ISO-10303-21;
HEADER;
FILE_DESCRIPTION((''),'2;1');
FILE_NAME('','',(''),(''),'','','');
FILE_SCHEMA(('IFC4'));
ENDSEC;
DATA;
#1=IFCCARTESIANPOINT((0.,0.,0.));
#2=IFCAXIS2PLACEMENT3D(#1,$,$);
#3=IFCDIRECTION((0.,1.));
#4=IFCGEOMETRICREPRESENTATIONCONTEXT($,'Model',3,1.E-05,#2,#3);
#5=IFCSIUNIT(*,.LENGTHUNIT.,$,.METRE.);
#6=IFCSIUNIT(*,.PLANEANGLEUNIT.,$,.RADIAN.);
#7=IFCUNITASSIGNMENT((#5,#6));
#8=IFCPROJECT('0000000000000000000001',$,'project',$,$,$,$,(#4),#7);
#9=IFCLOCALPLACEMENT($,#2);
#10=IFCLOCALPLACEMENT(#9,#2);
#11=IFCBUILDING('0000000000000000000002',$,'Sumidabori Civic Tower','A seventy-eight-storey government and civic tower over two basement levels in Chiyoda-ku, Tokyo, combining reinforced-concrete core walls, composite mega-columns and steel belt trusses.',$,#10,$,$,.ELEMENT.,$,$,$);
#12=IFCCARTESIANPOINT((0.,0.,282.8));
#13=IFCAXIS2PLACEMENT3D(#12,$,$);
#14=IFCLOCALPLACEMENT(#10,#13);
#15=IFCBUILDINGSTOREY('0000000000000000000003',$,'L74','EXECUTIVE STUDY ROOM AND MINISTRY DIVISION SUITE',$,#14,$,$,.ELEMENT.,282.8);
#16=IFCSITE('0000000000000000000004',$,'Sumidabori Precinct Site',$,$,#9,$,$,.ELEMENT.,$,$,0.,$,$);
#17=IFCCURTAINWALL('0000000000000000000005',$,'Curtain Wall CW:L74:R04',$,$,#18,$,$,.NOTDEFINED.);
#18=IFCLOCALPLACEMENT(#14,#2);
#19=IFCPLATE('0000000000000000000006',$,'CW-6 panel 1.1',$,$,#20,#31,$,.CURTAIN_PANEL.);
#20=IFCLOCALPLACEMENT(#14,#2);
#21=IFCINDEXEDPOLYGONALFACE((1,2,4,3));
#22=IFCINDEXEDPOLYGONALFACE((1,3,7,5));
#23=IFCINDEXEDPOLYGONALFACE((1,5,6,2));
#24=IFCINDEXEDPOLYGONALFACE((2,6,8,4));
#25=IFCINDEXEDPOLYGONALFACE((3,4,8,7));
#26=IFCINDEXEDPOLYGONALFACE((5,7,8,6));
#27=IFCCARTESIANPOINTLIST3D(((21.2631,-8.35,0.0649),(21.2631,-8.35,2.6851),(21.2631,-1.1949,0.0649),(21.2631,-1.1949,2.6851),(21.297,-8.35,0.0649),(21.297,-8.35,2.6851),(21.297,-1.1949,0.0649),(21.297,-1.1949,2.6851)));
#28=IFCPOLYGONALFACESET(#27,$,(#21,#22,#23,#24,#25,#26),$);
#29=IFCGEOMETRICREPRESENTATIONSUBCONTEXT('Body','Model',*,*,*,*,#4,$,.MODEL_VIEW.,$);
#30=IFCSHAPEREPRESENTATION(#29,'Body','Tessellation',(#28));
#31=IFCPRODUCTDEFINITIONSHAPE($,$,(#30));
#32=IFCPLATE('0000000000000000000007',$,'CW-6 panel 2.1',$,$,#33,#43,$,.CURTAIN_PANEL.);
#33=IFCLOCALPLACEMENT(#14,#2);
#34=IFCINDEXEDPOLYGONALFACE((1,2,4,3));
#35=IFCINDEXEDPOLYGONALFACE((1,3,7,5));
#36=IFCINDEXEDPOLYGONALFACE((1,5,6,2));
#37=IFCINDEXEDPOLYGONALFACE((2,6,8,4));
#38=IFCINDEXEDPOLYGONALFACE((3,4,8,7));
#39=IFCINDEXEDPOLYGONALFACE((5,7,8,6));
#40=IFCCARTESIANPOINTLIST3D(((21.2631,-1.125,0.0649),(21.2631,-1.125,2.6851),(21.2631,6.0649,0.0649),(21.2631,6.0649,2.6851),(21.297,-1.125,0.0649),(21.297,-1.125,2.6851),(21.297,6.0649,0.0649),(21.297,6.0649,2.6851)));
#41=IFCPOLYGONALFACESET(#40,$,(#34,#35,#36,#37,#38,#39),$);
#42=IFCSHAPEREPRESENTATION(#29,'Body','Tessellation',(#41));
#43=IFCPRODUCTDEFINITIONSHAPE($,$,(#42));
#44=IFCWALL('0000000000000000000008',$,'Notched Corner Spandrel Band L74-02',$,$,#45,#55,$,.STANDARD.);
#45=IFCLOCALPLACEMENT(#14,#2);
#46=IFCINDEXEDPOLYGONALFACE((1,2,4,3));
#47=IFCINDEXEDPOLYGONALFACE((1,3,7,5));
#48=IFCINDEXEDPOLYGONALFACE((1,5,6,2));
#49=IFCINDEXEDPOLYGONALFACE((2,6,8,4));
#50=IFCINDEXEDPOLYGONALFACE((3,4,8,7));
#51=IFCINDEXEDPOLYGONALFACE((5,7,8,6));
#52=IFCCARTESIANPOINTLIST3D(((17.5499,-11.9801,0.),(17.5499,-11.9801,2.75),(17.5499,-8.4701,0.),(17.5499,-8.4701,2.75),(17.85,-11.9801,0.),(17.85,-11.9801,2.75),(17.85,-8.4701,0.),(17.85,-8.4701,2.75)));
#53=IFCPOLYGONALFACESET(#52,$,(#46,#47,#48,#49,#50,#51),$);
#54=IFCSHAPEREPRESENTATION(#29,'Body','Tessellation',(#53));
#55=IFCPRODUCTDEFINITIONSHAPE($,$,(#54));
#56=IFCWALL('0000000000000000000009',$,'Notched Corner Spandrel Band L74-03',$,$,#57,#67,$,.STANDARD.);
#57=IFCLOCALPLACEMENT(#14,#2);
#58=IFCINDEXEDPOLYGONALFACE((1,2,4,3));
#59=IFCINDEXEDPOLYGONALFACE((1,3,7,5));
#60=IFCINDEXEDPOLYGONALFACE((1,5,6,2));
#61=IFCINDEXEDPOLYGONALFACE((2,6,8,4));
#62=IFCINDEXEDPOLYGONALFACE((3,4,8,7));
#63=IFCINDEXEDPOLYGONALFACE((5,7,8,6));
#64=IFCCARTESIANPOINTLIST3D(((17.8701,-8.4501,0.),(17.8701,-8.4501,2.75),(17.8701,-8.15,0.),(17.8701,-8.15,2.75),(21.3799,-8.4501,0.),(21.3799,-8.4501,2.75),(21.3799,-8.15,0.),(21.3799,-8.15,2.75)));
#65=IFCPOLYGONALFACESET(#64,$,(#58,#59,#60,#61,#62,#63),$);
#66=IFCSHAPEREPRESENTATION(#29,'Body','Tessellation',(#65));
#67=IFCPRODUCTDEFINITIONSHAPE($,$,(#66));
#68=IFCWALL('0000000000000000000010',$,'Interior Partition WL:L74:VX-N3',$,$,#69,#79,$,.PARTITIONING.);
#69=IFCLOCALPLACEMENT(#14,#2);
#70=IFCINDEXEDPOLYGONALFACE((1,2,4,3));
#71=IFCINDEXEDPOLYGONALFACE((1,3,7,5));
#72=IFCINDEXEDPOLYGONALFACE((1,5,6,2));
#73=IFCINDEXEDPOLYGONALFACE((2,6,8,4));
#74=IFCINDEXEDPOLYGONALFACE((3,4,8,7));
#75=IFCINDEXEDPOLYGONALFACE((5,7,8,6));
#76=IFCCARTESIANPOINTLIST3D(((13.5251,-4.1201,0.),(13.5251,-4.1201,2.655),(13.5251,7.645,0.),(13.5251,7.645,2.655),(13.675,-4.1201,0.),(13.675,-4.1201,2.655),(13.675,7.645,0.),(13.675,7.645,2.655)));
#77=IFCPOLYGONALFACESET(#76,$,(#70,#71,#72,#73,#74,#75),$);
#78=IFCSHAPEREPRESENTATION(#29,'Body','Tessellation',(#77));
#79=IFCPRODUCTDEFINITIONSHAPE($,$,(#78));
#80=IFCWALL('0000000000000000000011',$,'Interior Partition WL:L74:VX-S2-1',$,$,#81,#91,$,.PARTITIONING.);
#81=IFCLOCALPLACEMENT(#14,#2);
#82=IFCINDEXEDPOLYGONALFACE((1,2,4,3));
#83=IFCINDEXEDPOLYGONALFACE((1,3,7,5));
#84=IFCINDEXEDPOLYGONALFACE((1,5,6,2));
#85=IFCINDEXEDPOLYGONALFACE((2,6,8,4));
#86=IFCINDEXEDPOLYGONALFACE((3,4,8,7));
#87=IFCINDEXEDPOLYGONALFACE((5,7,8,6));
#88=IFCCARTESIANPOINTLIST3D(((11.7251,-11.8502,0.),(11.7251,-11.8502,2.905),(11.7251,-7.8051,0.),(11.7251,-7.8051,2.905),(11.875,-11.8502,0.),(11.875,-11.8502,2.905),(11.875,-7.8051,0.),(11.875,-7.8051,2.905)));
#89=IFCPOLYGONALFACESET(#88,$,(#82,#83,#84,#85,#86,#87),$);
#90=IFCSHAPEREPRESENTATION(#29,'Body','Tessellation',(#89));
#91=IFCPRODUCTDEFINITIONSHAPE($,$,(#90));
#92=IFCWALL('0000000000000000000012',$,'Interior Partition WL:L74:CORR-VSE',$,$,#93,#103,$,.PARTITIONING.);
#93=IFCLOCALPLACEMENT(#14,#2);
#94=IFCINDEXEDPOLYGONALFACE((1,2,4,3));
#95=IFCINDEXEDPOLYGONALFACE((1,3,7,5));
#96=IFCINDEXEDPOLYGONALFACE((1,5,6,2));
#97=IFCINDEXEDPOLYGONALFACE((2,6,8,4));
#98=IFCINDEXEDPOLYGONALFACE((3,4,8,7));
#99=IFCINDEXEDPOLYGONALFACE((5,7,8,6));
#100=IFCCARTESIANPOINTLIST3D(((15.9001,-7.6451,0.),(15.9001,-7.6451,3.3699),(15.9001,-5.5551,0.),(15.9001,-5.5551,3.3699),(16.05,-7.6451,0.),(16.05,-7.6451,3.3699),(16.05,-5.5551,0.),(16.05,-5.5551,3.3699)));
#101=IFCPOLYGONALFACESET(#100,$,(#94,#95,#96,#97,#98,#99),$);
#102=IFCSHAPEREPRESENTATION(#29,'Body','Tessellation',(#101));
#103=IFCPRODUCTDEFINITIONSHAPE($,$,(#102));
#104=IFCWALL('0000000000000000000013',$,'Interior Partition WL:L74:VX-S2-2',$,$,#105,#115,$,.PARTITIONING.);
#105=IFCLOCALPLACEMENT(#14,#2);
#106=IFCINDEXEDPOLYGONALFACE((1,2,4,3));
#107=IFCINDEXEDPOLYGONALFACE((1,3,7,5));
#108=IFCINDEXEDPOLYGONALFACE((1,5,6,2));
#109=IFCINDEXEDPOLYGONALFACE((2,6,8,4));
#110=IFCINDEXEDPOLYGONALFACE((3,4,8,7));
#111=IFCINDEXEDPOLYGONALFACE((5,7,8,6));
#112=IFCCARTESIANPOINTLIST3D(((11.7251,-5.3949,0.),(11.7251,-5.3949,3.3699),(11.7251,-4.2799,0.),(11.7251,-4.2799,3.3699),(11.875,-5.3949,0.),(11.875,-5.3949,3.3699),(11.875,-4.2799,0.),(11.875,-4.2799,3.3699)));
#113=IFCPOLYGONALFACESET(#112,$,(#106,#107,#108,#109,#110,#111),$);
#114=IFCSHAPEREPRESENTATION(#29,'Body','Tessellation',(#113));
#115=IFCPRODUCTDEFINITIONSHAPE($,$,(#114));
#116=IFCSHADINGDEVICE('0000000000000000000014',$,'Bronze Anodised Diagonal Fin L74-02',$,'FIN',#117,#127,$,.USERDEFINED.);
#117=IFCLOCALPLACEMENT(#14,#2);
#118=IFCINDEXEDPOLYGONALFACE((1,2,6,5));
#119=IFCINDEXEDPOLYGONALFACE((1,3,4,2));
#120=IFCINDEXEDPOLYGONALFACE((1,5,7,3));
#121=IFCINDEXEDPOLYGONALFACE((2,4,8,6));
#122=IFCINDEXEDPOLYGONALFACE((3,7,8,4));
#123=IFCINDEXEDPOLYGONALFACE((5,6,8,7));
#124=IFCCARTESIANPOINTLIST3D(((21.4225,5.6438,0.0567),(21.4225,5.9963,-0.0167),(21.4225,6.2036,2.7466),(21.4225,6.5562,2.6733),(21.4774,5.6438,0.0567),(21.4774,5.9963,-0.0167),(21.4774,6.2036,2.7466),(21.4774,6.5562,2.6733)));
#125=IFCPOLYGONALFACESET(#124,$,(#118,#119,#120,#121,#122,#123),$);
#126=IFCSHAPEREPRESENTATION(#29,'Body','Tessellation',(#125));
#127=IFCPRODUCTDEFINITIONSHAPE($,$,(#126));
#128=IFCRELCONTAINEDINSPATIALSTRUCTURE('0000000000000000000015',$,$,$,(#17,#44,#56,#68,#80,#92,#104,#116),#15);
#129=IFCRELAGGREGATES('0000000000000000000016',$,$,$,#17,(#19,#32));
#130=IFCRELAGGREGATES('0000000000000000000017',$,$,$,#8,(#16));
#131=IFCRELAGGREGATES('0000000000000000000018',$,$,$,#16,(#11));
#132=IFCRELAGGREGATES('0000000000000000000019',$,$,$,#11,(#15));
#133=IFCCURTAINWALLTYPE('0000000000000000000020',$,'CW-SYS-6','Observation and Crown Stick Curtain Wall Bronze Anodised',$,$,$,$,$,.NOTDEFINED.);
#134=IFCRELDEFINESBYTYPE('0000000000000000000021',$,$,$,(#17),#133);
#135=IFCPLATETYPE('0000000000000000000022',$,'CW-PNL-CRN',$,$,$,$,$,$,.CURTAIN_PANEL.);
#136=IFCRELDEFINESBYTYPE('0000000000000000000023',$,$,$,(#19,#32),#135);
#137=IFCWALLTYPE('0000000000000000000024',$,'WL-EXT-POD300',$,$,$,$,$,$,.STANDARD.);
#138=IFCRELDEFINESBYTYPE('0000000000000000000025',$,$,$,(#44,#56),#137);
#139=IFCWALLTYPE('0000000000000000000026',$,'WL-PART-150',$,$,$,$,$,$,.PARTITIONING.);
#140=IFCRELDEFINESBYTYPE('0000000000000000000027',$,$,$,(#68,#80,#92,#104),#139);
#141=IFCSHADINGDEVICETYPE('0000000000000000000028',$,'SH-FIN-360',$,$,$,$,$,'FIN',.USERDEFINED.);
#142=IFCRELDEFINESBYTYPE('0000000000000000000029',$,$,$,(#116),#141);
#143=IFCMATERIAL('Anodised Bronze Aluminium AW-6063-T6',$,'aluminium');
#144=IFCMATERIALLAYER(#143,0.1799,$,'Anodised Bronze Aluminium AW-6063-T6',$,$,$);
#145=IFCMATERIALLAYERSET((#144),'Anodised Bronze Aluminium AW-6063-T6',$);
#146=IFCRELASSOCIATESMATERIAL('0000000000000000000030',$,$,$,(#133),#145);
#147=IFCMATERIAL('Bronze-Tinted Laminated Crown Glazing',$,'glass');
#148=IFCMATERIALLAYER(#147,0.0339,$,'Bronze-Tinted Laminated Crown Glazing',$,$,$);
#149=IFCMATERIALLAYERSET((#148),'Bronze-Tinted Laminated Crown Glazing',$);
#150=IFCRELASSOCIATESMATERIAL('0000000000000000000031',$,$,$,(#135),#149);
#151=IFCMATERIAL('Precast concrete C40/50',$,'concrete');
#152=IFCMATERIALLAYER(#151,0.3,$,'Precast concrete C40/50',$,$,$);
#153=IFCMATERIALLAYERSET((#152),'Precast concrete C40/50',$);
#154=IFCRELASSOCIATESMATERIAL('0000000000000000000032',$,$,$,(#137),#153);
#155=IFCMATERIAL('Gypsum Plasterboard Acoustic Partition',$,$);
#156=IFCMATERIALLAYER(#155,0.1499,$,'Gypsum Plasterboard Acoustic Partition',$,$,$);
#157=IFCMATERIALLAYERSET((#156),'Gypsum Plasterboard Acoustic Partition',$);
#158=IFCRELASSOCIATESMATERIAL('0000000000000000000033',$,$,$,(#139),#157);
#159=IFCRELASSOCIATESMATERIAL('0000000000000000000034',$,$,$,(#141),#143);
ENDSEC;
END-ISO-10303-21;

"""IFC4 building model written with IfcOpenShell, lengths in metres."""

from ifc_helpers import new_model, si_unit, direction, frame, frame_2d, origin, origin_2d, place, context, subcontext, project, spatial, rectangle, extrude, source, transform, mapped, material, layer, layer_set, material_profile, profile_set, type_object, element, aggregate, save


model = new_model("IFC4")

# Units and contexts
model_context = context("Model", 3, precision=1e-05, world=origin(), true_north=direction((0.0, 1.0)))
body_context = subcontext(model_context, "Body", "Model", "MODEL_VIEW")
ifc_project = project(units=[si_unit("LENGTHUNIT", "METRE"), si_unit("PLANEANGLEUNIT", "RADIAN")], contexts=[model_context])

# Site, building, storey
site_placement = place(None, origin())
site = spatial("IfcSite", under=ifc_project, at=site_placement, Name="Sumidabori Precinct Site", CompositionType="ELEMENT", RefElevation=0.0)
building_placement = place(site_placement, origin())
building = spatial("IfcBuilding", under=site, at=building_placement, Name="Sumidabori Civic Tower", Description="A seventy-eight-storey government and civic tower over two basement levels in Chiyoda-ku, Tokyo, combining reinforced-concrete core walls, composite mega-columns and steel belt trusses.", CompositionType="ELEMENT")
storey_placement = place(building_placement, frame((0.0, 0.0, 282.8)))
storey = spatial("IfcBuildingStorey", under=building, at=storey_placement, Name="L74", Description="EXECUTIVE STUDY ROOM AND MINISTRY DIVISION SUITE", CompositionType="ELEMENT", Elevation=282.8)

# Curtain wall
ifc_material_1 = material(Name="Anodised Bronze Aluminium AW-6063-T6", Category="aluminium")
ifc_layer_1 = layer(ifc_material_1, 0.1799, Name="Anodised Bronze Aluminium AW-6063-T6")
ifc_layer_set_1 = layer_set([ifc_layer_1], Name="Anodised Bronze Aluminium AW-6063-T6")
curtain_wall_type = type_object("IfcCurtainWallType", Name="CW-SYS-6", Description="Observation and Crown Stick Curtain Wall Bronze Anodised", PredefinedType="NOTDEFINED", material=ifc_layer_set_1)
curtain_wall_1_placement = place(storey_placement, origin())
curtain_wall_1 = element("IfcCurtainWall", 1, at=curtain_wall_1_placement, inside=storey, type_object=curtain_wall_type, Name="Curtain Wall CW:L74:R04", PredefinedType="NOTDEFINED")

# Plates
ifc_material_2 = material(Name="Bronze-Tinted Laminated Crown Glazing", Category="glass")
ifc_layer_2 = layer(ifc_material_2, 0.0339, Name="Bronze-Tinted Laminated Crown Glazing")
ifc_layer_set_2 = layer_set([ifc_layer_2], Name="Bronze-Tinted Laminated Crown Glazing")
plate_type = type_object("IfcPlateType", Name="CW-PNL-CRN", PredefinedType="CURTAIN_PANEL", material=ifc_layer_set_2)
shared_shape_1 = source(origin(), body_context, "Body", "SweptSolid", [
    extrude(rectangle(XDim=7.155, YDim=0.0339, at=origin_2d()), origin(), (0.0, 0.0, 1.0), 2.6201),
])
plate_1_placement = place(storey_placement, frame((21.28, -4.7725, 0.0649), z_axis=(0.0, 0.0, 1.0), x_axis=(0.0, 1.0, 0.0)))
plate_1 = element("IfcPlate", 2, at=plate_1_placement, type_object=plate_type, Name="CW-6 panel 1.1", PredefinedType="CURTAIN_PANEL", context=body_context, shape_type="MappedRepresentation", body=[
    mapped(shared_shape_1, transform((0.0, 0.0, 0.0), x_axis=(1.0, 0.0, 0.0), y_axis=(0.0, 1.0, 0.0), z_axis=(0.0, 0.0, 1.0), scale=1.0)),
])
shared_shape_2 = source(origin(), body_context, "Body", "SweptSolid", [
    extrude(rectangle(XDim=7.1899, YDim=0.0339, at=origin_2d()), origin(), (0.0, 0.0, 1.0), 2.6201),
])
plate_2_placement = place(storey_placement, frame((21.28, 2.47, 0.0649), z_axis=(0.0, 0.0, 1.0), x_axis=(0.0, 1.0, 0.0)))
plate_2 = element("IfcPlate", 3, at=plate_2_placement, type_object=plate_type, Name="CW-6 panel 2.1", PredefinedType="CURTAIN_PANEL", context=body_context, shape_type="MappedRepresentation", body=[
    mapped(shared_shape_2, transform((0.0, 0.0, 0.0), x_axis=(1.0, 0.0, 0.0), y_axis=(0.0, 1.0, 0.0), z_axis=(0.0, 0.0, 1.0), scale=1.0)),
])
aggregate(curtain_wall_1, [plate_1, plate_2])

# Walls
ifc_material_3 = material(Name="Precast concrete C40/50", Category="concrete")
ifc_layer_3 = layer(ifc_material_3, 0.3, Name="Precast concrete C40/50")
ifc_layer_set_3 = layer_set([ifc_layer_3], Name="Precast concrete C40/50")
wall_type_1 = type_object("IfcWallType", Name="WL-EXT-POD300", PredefinedType="STANDARD", material=ifc_layer_set_3)
shared_shape_3 = source(origin(), body_context, "Body", "SweptSolid", [
    extrude(rectangle(XDim=3.51, YDim=0.3, at=frame_2d((1.7549, 0.0))), origin(), (0.0, 0.0, 1.0), 2.75),
])
wall_1_placement = place(storey_placement, frame((17.7, -11.98, 0.0), z_axis=(0.0, 0.0, 1.0), x_axis=(0.0, 1.0, 0.0)))
element("IfcWall", 4, at=wall_1_placement, inside=storey, type_object=wall_type_1, Name="Notched Corner Spandrel Band L74-02", PredefinedType="STANDARD", context=body_context, shape_type="MappedRepresentation", body=[
    mapped(shared_shape_3, transform((0.0, 0.0, 0.0), x_axis=(1.0, 0.0, 0.0), y_axis=(0.0, 1.0, 0.0), z_axis=(0.0, 0.0, 1.0), scale=1.0)),
])
shared_shape_4 = source(origin(), body_context, "Body", "SweptSolid", [
    extrude(rectangle(XDim=3.5098, YDim=0.3, at=frame_2d((1.7549, 0.0))), origin(), (0.0, 0.0, 1.0), 2.75),
])
wall_2_placement = place(storey_placement, frame((17.8701, -8.3, 0.0), z_axis=(0.0, 0.0, 1.0), x_axis=(1.0, 0.0, 0.0)))
element("IfcWall", 5, at=wall_2_placement, inside=storey, type_object=wall_type_1, Name="Notched Corner Spandrel Band L74-03", PredefinedType="STANDARD", context=body_context, shape_type="MappedRepresentation", body=[
    mapped(shared_shape_4, transform((0.0, 0.0, 0.0), x_axis=(1.0, 0.0, 0.0), y_axis=(0.0, 1.0, 0.0), z_axis=(0.0, 0.0, 1.0), scale=1.0)),
])
ifc_material_4 = material(Name="Gypsum Plasterboard Acoustic Partition")
ifc_layer_4 = layer(ifc_material_4, 0.1499, Name="Gypsum Plasterboard Acoustic Partition")
ifc_layer_set_4 = layer_set([ifc_layer_4], Name="Gypsum Plasterboard Acoustic Partition")
wall_type_2 = type_object("IfcWallType", Name="WL-PART-150", PredefinedType="PARTITIONING", material=ifc_layer_set_4)
shared_shape_5 = source(origin(), body_context, "Body", "SweptSolid", [
    extrude(rectangle(XDim=11.7651, YDim=0.1499, at=frame_2d((5.8826, 0.0))), origin(), (0.0, 0.0, 1.0), 2.655),
])
wall_3_placement = place(storey_placement, frame((13.6001, -4.1201, 0.0), z_axis=(0.0, 0.0, 1.0), x_axis=(0.0, 1.0, 0.0)))
element("IfcWall", 6, at=wall_3_placement, inside=storey, type_object=wall_type_2, Name="Interior Partition WL:L74:VX-N3", PredefinedType="PARTITIONING", context=body_context, shape_type="MappedRepresentation", body=[
    mapped(shared_shape_5, transform((0.0, 0.0, 0.0), x_axis=(1.0, 0.0, 0.0), y_axis=(0.0, 1.0, 0.0), z_axis=(0.0, 0.0, 1.0), scale=1.0)),
])
shared_shape_6 = source(origin(), body_context, "Body", "SweptSolid", [
    extrude(rectangle(XDim=4.0452, YDim=0.1499, at=frame_2d((2.0225, 0.0))), origin(), (0.0, 0.0, 1.0), 2.905),
])
wall_4_placement = place(storey_placement, frame((11.8, -11.8501, 0.0), z_axis=(0.0, 0.0, 1.0), x_axis=(0.0, 1.0, 0.0)))
element("IfcWall", 7, at=wall_4_placement, inside=storey, type_object=wall_type_2, Name="Interior Partition WL:L74:VX-S2-1", PredefinedType="PARTITIONING", context=body_context, shape_type="MappedRepresentation", body=[
    mapped(shared_shape_6, transform((0.0, 0.0, 0.0), x_axis=(1.0, 0.0, 0.0), y_axis=(0.0, 1.0, 0.0), z_axis=(0.0, 0.0, 1.0), scale=1.0)),
])
shared_shape_7 = source(origin(), body_context, "Body", "SweptSolid", [
    extrude(rectangle(XDim=2.0901, YDim=0.1499, at=frame_2d((1.0449, 0.0))), origin(), (0.0, 0.0, 1.0), 3.3699),
])
wall_5_placement = place(storey_placement, frame((15.9751, -7.645, 0.0), z_axis=(0.0, 0.0, 1.0), x_axis=(0.0, 1.0, 0.0)))
element("IfcWall", 8, at=wall_5_placement, inside=storey, type_object=wall_type_2, Name="Interior Partition WL:L74:CORR-VSE", PredefinedType="PARTITIONING", context=body_context, shape_type="MappedRepresentation", body=[
    mapped(shared_shape_7, transform((0.0, 0.0, 0.0), x_axis=(1.0, 0.0, 0.0), y_axis=(0.0, 1.0, 0.0), z_axis=(0.0, 0.0, 1.0), scale=1.0)),
])
shared_shape_8 = source(origin(), body_context, "Body", "SweptSolid", [
    extrude(rectangle(XDim=1.115, YDim=0.1499, at=frame_2d((0.5576, 0.0))), origin(), (0.0, 0.0, 1.0), 3.3699),
])
wall_6_placement = place(storey_placement, frame((11.8, -5.395, 0.0), z_axis=(0.0, 0.0, 1.0), x_axis=(0.0, 1.0, 0.0)))
element("IfcWall", 9, at=wall_6_placement, inside=storey, type_object=wall_type_2, Name="Interior Partition WL:L74:VX-S2-2", PredefinedType="PARTITIONING", context=body_context, shape_type="MappedRepresentation", body=[
    mapped(shared_shape_8, transform((0.0, 0.0, 0.0), x_axis=(1.0, 0.0, 0.0), y_axis=(0.0, 1.0, 0.0), z_axis=(0.0, 0.0, 1.0), scale=1.0)),
])

# Shading device
ifc_material_profile_1 = material_profile(ifc_material_1, rectangle(XDim=0.0549, YDim=0.3601, at=origin_2d()), Name="BRONZE FIN 360x55")
ifc_profile_set_1 = profile_set([ifc_material_profile_1], Name="Anodised Bronze Aluminium AW-6063-T6")
shading_device_type = type_object("IfcShadingDeviceType", Name="SH-FIN-360", ElementType="FIN", PredefinedType="USERDEFINED", material=ifc_profile_set_1)
shared_shape_9 = source(origin(), body_context, "Body", "SweptSolid", [
    extrude(rectangle(XDim=0.0549, YDim=0.3601, at=origin_2d()), origin(), (0.0, 0.0, 1.0), 2.7476),
])
shading_device_placement = place(storey_placement, frame((21.45, 5.8201, 0.02), z_axis=(0.0, 0.203748, 0.979023), x_axis=(-1.0, 0.0, 0.0)))
element("IfcShadingDevice", 10, at=shading_device_placement, inside=storey, type_object=shading_device_type, Name="Bronze Anodised Diagonal Fin L74-02", ObjectType="FIN", PredefinedType="USERDEFINED", context=body_context, shape_type="MappedRepresentation", body=[
    mapped(shared_shape_9, transform((0.0, 0.0, 0.0), x_axis=(1.0, 0.0, 0.0), y_axis=(0.0, 1.0, 0.0), z_axis=(0.0, 0.0, 1.0), scale=1.0)),
])

save(model, "model.ifc")
